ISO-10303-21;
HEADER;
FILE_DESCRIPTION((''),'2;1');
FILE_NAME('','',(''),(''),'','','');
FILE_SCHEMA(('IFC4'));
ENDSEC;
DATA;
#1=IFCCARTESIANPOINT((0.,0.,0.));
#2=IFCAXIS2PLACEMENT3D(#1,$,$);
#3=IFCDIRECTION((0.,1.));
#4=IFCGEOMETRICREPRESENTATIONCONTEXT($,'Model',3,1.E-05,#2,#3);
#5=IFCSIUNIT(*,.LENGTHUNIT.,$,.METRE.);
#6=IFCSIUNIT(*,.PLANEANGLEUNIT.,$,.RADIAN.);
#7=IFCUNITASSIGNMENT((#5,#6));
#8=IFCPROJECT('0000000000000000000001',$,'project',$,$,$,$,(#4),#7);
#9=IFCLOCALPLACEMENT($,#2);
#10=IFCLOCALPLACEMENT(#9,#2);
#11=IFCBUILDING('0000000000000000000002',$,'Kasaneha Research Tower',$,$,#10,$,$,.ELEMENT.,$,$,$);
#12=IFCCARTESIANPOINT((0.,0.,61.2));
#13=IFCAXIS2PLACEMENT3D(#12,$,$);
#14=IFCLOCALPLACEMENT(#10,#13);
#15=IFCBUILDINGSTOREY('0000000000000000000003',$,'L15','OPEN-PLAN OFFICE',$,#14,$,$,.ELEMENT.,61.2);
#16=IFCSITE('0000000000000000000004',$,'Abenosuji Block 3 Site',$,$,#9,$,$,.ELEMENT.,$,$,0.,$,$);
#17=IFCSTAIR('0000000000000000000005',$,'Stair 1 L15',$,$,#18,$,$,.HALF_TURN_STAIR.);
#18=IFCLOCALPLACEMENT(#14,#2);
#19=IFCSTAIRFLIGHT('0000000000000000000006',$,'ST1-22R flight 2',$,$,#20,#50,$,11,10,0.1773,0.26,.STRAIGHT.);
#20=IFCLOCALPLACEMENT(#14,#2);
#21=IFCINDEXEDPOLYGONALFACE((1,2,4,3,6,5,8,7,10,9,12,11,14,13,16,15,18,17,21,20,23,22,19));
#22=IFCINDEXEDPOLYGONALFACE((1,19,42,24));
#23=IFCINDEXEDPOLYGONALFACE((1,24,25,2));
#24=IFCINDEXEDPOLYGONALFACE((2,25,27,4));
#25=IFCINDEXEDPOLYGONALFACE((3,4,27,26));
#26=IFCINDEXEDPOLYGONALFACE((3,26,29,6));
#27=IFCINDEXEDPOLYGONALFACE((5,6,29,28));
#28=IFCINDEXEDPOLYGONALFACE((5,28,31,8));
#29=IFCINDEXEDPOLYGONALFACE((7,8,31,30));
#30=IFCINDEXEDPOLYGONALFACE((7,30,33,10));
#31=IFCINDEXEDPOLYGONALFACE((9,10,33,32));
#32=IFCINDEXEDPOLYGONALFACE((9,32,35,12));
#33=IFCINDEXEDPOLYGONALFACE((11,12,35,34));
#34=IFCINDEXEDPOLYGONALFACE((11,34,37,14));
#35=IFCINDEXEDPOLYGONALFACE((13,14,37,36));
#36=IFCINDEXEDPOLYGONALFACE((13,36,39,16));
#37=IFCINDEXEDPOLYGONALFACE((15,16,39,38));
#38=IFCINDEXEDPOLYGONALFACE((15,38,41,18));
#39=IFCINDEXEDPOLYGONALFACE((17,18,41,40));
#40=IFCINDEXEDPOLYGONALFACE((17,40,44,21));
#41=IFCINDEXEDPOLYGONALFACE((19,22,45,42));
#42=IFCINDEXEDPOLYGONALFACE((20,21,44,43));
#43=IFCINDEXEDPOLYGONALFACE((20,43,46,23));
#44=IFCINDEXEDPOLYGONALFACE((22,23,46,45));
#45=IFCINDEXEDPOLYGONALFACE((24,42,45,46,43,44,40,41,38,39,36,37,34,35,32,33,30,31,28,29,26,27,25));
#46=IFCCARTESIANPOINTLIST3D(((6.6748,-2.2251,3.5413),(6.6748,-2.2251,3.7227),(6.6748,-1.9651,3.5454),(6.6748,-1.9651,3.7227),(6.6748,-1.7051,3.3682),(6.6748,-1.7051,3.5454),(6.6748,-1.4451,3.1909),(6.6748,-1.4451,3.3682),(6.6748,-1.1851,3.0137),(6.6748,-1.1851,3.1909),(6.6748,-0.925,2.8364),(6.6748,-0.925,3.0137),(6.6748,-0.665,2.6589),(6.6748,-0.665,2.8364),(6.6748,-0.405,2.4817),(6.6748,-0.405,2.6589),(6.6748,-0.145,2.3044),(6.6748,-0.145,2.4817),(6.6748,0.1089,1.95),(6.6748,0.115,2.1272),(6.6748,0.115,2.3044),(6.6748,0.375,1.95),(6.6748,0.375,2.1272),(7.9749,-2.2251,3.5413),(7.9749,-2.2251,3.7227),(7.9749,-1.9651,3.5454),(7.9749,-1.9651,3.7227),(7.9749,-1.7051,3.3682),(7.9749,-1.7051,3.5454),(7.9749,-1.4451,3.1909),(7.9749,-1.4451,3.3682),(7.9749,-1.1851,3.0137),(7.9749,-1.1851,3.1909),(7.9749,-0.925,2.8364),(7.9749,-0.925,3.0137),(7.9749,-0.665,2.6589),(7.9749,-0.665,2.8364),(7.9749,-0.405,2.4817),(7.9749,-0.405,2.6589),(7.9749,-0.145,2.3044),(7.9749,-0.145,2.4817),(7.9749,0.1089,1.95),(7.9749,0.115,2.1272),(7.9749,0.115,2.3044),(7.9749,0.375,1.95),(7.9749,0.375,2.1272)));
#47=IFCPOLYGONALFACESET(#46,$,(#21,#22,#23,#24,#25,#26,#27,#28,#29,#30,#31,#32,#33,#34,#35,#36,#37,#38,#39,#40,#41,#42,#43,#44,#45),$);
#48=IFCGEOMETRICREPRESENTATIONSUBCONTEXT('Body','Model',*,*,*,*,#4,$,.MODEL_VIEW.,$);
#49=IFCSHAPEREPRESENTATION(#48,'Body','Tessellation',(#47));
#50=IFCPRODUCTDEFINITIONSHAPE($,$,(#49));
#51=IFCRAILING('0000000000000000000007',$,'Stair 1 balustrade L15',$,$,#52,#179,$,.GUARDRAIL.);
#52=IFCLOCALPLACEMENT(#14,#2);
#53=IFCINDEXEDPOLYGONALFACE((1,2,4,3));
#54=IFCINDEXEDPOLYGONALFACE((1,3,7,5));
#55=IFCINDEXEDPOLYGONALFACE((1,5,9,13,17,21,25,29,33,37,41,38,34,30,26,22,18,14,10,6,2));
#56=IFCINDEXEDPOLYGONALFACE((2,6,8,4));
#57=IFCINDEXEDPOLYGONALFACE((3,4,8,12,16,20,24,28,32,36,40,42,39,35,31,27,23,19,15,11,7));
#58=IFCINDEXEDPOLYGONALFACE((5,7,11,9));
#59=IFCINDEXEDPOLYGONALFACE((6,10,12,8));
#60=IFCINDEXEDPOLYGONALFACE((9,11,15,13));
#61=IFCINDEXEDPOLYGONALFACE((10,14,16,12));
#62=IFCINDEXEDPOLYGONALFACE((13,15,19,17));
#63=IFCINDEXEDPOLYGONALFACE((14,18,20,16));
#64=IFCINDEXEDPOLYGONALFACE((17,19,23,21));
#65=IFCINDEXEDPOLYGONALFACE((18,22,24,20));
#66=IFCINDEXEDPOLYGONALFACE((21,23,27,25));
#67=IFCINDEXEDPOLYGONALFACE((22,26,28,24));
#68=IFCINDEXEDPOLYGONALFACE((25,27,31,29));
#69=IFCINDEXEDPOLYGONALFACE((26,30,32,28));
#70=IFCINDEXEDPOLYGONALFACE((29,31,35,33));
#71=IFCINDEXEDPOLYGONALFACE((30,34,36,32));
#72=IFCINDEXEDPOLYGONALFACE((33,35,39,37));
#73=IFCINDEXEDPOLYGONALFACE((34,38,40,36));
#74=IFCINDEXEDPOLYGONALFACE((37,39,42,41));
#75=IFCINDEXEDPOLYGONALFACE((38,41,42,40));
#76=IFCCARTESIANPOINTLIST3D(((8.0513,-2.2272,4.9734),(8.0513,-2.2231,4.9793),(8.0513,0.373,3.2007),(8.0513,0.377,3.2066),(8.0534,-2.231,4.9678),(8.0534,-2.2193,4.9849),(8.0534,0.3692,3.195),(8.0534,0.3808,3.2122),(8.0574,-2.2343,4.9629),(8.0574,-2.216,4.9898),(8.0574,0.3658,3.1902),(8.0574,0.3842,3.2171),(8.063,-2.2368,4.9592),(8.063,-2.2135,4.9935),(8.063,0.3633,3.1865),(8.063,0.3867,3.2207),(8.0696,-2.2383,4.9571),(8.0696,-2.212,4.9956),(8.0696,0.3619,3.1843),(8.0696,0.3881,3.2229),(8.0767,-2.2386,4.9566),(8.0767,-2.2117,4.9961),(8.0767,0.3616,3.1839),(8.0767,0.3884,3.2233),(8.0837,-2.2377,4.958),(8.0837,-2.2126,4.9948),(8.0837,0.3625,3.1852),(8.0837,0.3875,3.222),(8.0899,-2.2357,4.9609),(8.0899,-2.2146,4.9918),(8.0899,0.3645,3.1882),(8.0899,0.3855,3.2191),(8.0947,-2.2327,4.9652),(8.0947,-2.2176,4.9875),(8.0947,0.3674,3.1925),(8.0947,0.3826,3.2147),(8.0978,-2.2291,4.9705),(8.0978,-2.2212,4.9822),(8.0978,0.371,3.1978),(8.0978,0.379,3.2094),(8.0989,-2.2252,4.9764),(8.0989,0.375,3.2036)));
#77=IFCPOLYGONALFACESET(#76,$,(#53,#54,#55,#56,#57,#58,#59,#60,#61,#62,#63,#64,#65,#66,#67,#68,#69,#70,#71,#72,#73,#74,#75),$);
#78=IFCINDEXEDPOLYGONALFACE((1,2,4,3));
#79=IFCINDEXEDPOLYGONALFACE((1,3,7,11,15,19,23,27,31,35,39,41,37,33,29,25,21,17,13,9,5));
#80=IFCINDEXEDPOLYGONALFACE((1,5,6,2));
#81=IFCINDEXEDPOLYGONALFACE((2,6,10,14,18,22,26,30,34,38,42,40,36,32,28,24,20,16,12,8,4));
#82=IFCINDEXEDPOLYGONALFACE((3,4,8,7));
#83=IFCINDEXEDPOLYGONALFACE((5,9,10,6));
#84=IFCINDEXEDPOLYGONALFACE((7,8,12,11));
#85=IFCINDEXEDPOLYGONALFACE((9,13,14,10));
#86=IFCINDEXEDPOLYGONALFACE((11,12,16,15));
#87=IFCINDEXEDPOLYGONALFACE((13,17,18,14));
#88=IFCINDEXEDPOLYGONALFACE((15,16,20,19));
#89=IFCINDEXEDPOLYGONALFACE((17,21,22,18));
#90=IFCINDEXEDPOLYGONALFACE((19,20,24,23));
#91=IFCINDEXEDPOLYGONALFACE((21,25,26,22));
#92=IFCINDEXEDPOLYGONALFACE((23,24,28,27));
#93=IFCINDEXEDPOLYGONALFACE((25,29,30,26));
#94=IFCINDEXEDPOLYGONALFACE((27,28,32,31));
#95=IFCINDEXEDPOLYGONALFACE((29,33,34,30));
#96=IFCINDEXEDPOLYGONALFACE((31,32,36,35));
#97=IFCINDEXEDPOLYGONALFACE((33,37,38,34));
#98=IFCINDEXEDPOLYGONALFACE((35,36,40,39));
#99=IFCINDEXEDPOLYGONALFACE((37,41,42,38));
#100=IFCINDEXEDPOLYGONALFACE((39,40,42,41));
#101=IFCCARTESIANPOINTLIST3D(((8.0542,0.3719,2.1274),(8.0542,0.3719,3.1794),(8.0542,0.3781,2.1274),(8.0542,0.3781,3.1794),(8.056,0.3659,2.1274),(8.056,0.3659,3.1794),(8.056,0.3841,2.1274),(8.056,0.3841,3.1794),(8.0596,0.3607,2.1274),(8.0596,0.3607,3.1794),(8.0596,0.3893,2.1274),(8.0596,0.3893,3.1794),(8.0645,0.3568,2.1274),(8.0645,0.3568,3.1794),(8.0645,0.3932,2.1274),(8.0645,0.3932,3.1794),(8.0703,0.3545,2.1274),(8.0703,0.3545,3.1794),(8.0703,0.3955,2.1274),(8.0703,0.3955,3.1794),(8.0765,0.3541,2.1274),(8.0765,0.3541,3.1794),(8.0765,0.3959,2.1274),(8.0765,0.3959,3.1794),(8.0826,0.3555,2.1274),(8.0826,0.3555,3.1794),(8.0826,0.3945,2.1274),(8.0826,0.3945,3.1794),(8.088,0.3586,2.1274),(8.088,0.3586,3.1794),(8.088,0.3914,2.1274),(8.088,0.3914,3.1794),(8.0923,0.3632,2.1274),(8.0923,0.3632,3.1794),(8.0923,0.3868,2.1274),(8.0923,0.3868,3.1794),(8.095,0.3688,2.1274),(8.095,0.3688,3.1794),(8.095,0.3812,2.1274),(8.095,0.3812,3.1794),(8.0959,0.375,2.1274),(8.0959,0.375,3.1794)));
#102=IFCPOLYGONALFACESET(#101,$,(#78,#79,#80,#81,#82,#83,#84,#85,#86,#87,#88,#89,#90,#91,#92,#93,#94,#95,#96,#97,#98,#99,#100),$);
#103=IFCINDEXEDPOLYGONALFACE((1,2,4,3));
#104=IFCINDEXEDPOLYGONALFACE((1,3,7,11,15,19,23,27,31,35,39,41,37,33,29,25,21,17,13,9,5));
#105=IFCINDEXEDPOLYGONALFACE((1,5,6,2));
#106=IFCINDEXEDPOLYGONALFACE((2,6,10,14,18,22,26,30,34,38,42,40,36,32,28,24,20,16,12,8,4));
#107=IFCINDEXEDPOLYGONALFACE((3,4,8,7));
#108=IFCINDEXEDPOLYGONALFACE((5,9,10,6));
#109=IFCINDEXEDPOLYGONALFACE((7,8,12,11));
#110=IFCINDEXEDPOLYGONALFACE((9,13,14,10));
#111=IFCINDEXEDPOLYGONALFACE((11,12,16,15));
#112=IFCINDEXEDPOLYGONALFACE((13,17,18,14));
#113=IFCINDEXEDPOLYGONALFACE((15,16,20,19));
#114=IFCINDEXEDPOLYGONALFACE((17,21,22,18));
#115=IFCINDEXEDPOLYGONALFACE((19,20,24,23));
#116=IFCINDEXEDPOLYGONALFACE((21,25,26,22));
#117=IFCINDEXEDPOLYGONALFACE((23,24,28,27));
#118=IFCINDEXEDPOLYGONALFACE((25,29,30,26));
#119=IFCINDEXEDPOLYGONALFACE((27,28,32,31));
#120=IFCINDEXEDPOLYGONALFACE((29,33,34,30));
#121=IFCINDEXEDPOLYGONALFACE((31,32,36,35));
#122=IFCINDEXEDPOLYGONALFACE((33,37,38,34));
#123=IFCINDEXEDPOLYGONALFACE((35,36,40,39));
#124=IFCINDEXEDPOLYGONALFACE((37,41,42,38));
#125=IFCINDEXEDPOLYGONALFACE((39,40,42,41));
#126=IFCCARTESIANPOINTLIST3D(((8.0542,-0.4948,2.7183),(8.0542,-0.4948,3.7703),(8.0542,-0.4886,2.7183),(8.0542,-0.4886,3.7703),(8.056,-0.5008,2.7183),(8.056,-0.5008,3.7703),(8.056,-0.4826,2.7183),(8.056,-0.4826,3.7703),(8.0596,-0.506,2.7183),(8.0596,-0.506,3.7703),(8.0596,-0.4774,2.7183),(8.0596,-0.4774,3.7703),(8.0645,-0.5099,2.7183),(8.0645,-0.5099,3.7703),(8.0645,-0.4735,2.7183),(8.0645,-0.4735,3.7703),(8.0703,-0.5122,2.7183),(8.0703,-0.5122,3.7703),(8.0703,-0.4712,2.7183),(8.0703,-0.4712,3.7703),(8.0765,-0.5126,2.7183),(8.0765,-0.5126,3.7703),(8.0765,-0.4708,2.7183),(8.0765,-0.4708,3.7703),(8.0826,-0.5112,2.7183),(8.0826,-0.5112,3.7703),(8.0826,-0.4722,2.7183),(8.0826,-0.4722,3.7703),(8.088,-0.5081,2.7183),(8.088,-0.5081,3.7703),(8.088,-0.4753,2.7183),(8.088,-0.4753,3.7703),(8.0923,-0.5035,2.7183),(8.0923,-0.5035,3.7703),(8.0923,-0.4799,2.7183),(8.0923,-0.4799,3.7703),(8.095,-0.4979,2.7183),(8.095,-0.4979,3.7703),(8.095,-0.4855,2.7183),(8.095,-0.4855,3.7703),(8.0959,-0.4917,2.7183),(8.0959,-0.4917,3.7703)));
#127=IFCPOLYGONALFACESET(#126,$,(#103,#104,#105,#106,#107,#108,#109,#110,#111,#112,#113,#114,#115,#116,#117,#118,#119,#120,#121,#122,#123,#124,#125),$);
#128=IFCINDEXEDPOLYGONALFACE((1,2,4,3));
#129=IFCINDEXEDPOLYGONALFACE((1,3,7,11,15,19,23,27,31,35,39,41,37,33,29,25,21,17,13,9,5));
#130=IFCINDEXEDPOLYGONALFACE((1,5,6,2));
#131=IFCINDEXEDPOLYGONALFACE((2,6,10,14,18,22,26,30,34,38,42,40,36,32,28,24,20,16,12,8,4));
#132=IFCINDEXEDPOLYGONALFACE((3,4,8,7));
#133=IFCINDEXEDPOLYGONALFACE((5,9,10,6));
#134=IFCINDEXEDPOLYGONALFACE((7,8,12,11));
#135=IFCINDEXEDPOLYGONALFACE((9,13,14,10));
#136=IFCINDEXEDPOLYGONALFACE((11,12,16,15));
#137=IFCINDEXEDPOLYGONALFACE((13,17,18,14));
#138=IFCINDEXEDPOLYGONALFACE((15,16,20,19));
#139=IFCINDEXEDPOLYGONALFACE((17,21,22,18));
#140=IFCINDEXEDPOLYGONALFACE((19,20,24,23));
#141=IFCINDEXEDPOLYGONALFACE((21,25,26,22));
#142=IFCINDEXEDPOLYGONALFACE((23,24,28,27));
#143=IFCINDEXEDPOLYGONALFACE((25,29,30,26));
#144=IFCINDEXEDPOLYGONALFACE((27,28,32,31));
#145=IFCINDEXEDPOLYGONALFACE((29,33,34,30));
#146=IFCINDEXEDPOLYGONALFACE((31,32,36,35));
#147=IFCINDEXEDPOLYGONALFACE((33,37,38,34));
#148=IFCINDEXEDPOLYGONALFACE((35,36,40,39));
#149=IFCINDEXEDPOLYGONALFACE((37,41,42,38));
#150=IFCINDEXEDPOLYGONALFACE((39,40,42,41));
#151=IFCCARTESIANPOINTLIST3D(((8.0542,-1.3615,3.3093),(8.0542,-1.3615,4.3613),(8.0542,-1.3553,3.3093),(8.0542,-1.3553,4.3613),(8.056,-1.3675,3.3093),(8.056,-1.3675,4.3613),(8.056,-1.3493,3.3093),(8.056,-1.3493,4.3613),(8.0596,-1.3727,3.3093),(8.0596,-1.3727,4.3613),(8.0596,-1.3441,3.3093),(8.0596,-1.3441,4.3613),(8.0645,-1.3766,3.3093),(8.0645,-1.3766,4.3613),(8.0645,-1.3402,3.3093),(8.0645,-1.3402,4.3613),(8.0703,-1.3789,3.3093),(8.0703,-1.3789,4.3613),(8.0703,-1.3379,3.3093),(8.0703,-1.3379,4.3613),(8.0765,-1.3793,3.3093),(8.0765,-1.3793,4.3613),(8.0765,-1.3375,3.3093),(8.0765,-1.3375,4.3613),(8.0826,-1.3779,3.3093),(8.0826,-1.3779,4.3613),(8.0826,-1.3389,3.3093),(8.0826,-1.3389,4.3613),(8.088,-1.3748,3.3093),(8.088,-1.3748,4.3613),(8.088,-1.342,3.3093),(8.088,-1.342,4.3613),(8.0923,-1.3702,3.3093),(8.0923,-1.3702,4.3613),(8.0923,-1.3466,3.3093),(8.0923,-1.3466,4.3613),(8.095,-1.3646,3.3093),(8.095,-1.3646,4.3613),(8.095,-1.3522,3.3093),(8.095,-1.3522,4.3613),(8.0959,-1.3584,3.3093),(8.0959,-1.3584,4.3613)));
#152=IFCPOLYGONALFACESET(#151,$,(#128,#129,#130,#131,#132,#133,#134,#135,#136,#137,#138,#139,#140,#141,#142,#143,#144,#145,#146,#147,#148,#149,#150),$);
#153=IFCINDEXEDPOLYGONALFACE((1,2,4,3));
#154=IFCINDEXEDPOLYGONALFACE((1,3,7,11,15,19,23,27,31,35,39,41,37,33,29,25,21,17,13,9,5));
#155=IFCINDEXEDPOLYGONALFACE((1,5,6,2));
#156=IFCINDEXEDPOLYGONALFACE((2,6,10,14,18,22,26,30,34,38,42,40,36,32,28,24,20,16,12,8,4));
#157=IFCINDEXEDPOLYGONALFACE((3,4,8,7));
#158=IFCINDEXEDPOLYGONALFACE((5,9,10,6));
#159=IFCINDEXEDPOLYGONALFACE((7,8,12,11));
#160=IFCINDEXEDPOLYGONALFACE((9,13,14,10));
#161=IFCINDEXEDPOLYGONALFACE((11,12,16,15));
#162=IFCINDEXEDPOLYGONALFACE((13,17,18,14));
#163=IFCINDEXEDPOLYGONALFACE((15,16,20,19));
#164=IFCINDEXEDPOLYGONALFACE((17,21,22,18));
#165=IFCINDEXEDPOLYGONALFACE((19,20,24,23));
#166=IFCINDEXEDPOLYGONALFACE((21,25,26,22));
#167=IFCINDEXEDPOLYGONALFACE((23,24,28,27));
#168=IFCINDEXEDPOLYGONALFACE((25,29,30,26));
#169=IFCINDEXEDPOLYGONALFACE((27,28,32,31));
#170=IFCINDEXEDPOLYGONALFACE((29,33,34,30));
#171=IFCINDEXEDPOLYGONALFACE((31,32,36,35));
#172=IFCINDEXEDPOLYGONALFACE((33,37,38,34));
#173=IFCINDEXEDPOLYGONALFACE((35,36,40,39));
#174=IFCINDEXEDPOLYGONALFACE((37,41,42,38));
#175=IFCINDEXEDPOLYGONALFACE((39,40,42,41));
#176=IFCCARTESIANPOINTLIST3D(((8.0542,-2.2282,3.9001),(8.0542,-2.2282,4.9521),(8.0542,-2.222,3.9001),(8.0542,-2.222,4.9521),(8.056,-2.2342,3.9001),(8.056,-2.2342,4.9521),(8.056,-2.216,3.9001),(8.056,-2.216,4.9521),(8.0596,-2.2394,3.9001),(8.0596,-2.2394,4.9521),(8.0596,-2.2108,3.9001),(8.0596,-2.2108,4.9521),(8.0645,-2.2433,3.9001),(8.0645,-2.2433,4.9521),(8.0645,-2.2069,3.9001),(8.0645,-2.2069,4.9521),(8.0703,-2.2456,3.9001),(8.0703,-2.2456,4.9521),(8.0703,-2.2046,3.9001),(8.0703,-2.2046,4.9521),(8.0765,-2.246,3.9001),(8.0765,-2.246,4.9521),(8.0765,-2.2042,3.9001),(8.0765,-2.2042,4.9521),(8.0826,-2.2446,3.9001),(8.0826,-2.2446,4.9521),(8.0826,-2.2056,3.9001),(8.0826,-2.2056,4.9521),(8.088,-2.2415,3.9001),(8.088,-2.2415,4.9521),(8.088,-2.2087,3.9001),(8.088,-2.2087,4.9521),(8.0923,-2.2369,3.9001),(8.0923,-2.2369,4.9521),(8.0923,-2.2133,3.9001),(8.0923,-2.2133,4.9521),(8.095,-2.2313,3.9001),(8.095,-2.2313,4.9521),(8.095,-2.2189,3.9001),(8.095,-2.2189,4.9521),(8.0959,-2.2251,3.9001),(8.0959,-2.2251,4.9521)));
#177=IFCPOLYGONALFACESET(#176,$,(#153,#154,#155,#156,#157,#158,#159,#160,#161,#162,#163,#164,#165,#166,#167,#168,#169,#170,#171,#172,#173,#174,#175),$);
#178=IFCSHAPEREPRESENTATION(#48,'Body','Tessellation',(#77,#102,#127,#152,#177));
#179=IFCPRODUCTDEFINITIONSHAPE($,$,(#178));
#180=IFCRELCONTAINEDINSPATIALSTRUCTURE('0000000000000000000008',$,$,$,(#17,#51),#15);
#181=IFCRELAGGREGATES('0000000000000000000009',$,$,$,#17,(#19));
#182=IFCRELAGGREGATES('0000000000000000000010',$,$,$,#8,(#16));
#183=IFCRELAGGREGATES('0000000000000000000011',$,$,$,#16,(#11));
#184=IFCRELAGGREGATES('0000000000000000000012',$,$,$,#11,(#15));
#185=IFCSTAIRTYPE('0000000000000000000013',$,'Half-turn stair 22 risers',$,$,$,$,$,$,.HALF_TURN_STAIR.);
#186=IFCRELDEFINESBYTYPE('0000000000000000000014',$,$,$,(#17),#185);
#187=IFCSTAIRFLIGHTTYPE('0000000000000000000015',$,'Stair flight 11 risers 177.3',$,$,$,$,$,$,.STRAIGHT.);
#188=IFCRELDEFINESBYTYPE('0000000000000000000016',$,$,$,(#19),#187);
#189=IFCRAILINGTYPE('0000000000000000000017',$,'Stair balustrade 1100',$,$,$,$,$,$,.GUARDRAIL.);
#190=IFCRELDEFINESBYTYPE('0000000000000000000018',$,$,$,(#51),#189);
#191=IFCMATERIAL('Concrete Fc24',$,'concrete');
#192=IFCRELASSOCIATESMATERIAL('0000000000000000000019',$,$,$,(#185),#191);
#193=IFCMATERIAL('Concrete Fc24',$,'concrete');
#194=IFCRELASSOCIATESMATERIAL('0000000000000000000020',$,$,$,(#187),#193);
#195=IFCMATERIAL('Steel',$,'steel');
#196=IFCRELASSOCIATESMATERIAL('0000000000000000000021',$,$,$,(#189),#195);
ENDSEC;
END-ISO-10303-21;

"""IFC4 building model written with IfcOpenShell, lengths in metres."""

from ifc_helpers import new_model, si_unit, direction, frame, origin, origin_2d, place, context, subcontext, project, spatial, polyline, circle, outline, extrude, material, type_object, element, aggregate, save


model = new_model("IFC4")

# Units and contexts
model_context = context("Model", 3, precision=1e-05, world=origin(), true_north=direction((0.0, 1.0)))
body_context = subcontext(model_context, "Body", "Model", "MODEL_VIEW")
ifc_project = project(units=[si_unit("LENGTHUNIT", "METRE"), si_unit("PLANEANGLEUNIT", "RADIAN")], contexts=[model_context])

# Site, building, storey
site_placement = place(None, origin())
site = spatial("IfcSite", under=ifc_project, at=site_placement, Name="Abenosuji Block 3 Site", CompositionType="ELEMENT", RefElevation=0.0)
building_placement = place(site_placement, origin())
building = spatial("IfcBuilding", under=site, at=building_placement, Name="Kasaneha Research Tower", CompositionType="ELEMENT")
storey_placement = place(building_placement, frame((0.0, 0.0, 61.2)))
storey = spatial("IfcBuildingStorey", under=building, at=storey_placement, Name="L15", Description="OPEN-PLAN OFFICE", CompositionType="ELEMENT", Elevation=61.2)

# Stair, stair flight
ifc_material_1 = material(Name="Concrete Fc24", Category="concrete")
stair_type = type_object("IfcStairType", Name="Half-turn stair 22 risers", PredefinedType="HALF_TURN_STAIR", material=ifc_material_1)
stair_placement = place(storey_placement, origin())
stair = element("IfcStair", 1, at=stair_placement, inside=storey, type_object=stair_type, Name="Stair 1 L15", PredefinedType="HALF_TURN_STAIR")
ifc_material_2 = material(Name="Concrete Fc24", Category="concrete")
stair_flight_type = type_object("IfcStairFlightType", Name="Stair flight 11 risers 177.3", PredefinedType="STRAIGHT", material=ifc_material_2)
stair_flight_placement = place(storey_placement, frame((7.325, 0.375, 1.95), z_axis=(0.0, 0.0, 1.0), x_axis=(0.0, -1.0, 0.0)))
stair_flight = element("IfcStairFlight", 2, at=stair_flight_placement, type_object=stair_flight_type, Name="ST1-22R flight 2", NumberOfRisers=11, NumberOfTreads=10, PredefinedType="STRAIGHT", RiserHeight=0.1773, TreadLength=0.26, context=body_context, shape_type="SweptSolid", body=[
    extrude(outline(polyline([(0.0, 0.0), (0.0, 0.1772), (0.26, 0.1772), (0.26, 0.3545), (0.52, 0.3545), (0.52, 0.5317), (0.78, 0.5317), (0.78, 0.709), (1.04, 0.709), (1.04, 0.8865), (1.3, 0.8865), (1.3, 1.0637), (1.5601, 1.0637), (1.5601, 1.241), (1.8201, 1.241), (1.8201, 1.4182), (2.0801, 1.4182), (2.0801, 1.5955), (2.3401, 1.5955), (2.3401, 1.7727), (2.6001, 1.7727), (2.6001, 1.95), (2.6001, 1.5913), (0.2661, 0.0), (0.0, 0.0)])), frame((0.0, 0.6499, 0.0), z_axis=(0.0, -1.0, 0.0), x_axis=(1.0, 0.0, 0.0)), (0.0, 0.0, 1.0), 1.3),
])
aggregate(stair, [stair_flight])

# Railing
ifc_material_3 = material(Name="Steel", Category="steel")
railing_type_1 = type_object("IfcRailingType", Name="Stair balustrade 1100", PredefinedType="GUARDRAIL", material=ifc_material_3)
railing_1_placement = place(storey_placement, frame((8.075, 0.375, 2.1274)))
element("IfcRailing", 3, at=railing_1_placement, inside=storey, type_object=railing_type_1, Name="Stair 1 balustrade L15", PredefinedType="GUARDRAIL", context=body_context, shape_type="SweptSolid", body=[
    extrude(circle(Radius=0.0239, at=origin_2d()), frame((0.0, 0.0, 1.0762), z_axis=(0.0, -0.82624, 0.563318), x_axis=(1.0, 0.0, 0.0)), (0.0, 0.0, 1.0), 3.147),
    extrude(circle(Radius=0.021, at=origin_2d()), origin(), (0.0, 0.0, 1.0), 1.052),
    extrude(circle(Radius=0.021, at=origin_2d()), frame((0.0, -0.8667, 0.5908)), (0.0, 0.0, 1.0), 1.052),
    extrude(circle(Radius=0.021, at=origin_2d()), frame((0.0, -1.7334, 1.1819)), (0.0, 0.0, 1.0), 1.052),
    extrude(circle(Radius=0.021, at=origin_2d()), frame((0.0, -2.6001, 1.7727)), (0.0, 0.0, 1.0), 1.052),
])

save(model, "model.ifc")
